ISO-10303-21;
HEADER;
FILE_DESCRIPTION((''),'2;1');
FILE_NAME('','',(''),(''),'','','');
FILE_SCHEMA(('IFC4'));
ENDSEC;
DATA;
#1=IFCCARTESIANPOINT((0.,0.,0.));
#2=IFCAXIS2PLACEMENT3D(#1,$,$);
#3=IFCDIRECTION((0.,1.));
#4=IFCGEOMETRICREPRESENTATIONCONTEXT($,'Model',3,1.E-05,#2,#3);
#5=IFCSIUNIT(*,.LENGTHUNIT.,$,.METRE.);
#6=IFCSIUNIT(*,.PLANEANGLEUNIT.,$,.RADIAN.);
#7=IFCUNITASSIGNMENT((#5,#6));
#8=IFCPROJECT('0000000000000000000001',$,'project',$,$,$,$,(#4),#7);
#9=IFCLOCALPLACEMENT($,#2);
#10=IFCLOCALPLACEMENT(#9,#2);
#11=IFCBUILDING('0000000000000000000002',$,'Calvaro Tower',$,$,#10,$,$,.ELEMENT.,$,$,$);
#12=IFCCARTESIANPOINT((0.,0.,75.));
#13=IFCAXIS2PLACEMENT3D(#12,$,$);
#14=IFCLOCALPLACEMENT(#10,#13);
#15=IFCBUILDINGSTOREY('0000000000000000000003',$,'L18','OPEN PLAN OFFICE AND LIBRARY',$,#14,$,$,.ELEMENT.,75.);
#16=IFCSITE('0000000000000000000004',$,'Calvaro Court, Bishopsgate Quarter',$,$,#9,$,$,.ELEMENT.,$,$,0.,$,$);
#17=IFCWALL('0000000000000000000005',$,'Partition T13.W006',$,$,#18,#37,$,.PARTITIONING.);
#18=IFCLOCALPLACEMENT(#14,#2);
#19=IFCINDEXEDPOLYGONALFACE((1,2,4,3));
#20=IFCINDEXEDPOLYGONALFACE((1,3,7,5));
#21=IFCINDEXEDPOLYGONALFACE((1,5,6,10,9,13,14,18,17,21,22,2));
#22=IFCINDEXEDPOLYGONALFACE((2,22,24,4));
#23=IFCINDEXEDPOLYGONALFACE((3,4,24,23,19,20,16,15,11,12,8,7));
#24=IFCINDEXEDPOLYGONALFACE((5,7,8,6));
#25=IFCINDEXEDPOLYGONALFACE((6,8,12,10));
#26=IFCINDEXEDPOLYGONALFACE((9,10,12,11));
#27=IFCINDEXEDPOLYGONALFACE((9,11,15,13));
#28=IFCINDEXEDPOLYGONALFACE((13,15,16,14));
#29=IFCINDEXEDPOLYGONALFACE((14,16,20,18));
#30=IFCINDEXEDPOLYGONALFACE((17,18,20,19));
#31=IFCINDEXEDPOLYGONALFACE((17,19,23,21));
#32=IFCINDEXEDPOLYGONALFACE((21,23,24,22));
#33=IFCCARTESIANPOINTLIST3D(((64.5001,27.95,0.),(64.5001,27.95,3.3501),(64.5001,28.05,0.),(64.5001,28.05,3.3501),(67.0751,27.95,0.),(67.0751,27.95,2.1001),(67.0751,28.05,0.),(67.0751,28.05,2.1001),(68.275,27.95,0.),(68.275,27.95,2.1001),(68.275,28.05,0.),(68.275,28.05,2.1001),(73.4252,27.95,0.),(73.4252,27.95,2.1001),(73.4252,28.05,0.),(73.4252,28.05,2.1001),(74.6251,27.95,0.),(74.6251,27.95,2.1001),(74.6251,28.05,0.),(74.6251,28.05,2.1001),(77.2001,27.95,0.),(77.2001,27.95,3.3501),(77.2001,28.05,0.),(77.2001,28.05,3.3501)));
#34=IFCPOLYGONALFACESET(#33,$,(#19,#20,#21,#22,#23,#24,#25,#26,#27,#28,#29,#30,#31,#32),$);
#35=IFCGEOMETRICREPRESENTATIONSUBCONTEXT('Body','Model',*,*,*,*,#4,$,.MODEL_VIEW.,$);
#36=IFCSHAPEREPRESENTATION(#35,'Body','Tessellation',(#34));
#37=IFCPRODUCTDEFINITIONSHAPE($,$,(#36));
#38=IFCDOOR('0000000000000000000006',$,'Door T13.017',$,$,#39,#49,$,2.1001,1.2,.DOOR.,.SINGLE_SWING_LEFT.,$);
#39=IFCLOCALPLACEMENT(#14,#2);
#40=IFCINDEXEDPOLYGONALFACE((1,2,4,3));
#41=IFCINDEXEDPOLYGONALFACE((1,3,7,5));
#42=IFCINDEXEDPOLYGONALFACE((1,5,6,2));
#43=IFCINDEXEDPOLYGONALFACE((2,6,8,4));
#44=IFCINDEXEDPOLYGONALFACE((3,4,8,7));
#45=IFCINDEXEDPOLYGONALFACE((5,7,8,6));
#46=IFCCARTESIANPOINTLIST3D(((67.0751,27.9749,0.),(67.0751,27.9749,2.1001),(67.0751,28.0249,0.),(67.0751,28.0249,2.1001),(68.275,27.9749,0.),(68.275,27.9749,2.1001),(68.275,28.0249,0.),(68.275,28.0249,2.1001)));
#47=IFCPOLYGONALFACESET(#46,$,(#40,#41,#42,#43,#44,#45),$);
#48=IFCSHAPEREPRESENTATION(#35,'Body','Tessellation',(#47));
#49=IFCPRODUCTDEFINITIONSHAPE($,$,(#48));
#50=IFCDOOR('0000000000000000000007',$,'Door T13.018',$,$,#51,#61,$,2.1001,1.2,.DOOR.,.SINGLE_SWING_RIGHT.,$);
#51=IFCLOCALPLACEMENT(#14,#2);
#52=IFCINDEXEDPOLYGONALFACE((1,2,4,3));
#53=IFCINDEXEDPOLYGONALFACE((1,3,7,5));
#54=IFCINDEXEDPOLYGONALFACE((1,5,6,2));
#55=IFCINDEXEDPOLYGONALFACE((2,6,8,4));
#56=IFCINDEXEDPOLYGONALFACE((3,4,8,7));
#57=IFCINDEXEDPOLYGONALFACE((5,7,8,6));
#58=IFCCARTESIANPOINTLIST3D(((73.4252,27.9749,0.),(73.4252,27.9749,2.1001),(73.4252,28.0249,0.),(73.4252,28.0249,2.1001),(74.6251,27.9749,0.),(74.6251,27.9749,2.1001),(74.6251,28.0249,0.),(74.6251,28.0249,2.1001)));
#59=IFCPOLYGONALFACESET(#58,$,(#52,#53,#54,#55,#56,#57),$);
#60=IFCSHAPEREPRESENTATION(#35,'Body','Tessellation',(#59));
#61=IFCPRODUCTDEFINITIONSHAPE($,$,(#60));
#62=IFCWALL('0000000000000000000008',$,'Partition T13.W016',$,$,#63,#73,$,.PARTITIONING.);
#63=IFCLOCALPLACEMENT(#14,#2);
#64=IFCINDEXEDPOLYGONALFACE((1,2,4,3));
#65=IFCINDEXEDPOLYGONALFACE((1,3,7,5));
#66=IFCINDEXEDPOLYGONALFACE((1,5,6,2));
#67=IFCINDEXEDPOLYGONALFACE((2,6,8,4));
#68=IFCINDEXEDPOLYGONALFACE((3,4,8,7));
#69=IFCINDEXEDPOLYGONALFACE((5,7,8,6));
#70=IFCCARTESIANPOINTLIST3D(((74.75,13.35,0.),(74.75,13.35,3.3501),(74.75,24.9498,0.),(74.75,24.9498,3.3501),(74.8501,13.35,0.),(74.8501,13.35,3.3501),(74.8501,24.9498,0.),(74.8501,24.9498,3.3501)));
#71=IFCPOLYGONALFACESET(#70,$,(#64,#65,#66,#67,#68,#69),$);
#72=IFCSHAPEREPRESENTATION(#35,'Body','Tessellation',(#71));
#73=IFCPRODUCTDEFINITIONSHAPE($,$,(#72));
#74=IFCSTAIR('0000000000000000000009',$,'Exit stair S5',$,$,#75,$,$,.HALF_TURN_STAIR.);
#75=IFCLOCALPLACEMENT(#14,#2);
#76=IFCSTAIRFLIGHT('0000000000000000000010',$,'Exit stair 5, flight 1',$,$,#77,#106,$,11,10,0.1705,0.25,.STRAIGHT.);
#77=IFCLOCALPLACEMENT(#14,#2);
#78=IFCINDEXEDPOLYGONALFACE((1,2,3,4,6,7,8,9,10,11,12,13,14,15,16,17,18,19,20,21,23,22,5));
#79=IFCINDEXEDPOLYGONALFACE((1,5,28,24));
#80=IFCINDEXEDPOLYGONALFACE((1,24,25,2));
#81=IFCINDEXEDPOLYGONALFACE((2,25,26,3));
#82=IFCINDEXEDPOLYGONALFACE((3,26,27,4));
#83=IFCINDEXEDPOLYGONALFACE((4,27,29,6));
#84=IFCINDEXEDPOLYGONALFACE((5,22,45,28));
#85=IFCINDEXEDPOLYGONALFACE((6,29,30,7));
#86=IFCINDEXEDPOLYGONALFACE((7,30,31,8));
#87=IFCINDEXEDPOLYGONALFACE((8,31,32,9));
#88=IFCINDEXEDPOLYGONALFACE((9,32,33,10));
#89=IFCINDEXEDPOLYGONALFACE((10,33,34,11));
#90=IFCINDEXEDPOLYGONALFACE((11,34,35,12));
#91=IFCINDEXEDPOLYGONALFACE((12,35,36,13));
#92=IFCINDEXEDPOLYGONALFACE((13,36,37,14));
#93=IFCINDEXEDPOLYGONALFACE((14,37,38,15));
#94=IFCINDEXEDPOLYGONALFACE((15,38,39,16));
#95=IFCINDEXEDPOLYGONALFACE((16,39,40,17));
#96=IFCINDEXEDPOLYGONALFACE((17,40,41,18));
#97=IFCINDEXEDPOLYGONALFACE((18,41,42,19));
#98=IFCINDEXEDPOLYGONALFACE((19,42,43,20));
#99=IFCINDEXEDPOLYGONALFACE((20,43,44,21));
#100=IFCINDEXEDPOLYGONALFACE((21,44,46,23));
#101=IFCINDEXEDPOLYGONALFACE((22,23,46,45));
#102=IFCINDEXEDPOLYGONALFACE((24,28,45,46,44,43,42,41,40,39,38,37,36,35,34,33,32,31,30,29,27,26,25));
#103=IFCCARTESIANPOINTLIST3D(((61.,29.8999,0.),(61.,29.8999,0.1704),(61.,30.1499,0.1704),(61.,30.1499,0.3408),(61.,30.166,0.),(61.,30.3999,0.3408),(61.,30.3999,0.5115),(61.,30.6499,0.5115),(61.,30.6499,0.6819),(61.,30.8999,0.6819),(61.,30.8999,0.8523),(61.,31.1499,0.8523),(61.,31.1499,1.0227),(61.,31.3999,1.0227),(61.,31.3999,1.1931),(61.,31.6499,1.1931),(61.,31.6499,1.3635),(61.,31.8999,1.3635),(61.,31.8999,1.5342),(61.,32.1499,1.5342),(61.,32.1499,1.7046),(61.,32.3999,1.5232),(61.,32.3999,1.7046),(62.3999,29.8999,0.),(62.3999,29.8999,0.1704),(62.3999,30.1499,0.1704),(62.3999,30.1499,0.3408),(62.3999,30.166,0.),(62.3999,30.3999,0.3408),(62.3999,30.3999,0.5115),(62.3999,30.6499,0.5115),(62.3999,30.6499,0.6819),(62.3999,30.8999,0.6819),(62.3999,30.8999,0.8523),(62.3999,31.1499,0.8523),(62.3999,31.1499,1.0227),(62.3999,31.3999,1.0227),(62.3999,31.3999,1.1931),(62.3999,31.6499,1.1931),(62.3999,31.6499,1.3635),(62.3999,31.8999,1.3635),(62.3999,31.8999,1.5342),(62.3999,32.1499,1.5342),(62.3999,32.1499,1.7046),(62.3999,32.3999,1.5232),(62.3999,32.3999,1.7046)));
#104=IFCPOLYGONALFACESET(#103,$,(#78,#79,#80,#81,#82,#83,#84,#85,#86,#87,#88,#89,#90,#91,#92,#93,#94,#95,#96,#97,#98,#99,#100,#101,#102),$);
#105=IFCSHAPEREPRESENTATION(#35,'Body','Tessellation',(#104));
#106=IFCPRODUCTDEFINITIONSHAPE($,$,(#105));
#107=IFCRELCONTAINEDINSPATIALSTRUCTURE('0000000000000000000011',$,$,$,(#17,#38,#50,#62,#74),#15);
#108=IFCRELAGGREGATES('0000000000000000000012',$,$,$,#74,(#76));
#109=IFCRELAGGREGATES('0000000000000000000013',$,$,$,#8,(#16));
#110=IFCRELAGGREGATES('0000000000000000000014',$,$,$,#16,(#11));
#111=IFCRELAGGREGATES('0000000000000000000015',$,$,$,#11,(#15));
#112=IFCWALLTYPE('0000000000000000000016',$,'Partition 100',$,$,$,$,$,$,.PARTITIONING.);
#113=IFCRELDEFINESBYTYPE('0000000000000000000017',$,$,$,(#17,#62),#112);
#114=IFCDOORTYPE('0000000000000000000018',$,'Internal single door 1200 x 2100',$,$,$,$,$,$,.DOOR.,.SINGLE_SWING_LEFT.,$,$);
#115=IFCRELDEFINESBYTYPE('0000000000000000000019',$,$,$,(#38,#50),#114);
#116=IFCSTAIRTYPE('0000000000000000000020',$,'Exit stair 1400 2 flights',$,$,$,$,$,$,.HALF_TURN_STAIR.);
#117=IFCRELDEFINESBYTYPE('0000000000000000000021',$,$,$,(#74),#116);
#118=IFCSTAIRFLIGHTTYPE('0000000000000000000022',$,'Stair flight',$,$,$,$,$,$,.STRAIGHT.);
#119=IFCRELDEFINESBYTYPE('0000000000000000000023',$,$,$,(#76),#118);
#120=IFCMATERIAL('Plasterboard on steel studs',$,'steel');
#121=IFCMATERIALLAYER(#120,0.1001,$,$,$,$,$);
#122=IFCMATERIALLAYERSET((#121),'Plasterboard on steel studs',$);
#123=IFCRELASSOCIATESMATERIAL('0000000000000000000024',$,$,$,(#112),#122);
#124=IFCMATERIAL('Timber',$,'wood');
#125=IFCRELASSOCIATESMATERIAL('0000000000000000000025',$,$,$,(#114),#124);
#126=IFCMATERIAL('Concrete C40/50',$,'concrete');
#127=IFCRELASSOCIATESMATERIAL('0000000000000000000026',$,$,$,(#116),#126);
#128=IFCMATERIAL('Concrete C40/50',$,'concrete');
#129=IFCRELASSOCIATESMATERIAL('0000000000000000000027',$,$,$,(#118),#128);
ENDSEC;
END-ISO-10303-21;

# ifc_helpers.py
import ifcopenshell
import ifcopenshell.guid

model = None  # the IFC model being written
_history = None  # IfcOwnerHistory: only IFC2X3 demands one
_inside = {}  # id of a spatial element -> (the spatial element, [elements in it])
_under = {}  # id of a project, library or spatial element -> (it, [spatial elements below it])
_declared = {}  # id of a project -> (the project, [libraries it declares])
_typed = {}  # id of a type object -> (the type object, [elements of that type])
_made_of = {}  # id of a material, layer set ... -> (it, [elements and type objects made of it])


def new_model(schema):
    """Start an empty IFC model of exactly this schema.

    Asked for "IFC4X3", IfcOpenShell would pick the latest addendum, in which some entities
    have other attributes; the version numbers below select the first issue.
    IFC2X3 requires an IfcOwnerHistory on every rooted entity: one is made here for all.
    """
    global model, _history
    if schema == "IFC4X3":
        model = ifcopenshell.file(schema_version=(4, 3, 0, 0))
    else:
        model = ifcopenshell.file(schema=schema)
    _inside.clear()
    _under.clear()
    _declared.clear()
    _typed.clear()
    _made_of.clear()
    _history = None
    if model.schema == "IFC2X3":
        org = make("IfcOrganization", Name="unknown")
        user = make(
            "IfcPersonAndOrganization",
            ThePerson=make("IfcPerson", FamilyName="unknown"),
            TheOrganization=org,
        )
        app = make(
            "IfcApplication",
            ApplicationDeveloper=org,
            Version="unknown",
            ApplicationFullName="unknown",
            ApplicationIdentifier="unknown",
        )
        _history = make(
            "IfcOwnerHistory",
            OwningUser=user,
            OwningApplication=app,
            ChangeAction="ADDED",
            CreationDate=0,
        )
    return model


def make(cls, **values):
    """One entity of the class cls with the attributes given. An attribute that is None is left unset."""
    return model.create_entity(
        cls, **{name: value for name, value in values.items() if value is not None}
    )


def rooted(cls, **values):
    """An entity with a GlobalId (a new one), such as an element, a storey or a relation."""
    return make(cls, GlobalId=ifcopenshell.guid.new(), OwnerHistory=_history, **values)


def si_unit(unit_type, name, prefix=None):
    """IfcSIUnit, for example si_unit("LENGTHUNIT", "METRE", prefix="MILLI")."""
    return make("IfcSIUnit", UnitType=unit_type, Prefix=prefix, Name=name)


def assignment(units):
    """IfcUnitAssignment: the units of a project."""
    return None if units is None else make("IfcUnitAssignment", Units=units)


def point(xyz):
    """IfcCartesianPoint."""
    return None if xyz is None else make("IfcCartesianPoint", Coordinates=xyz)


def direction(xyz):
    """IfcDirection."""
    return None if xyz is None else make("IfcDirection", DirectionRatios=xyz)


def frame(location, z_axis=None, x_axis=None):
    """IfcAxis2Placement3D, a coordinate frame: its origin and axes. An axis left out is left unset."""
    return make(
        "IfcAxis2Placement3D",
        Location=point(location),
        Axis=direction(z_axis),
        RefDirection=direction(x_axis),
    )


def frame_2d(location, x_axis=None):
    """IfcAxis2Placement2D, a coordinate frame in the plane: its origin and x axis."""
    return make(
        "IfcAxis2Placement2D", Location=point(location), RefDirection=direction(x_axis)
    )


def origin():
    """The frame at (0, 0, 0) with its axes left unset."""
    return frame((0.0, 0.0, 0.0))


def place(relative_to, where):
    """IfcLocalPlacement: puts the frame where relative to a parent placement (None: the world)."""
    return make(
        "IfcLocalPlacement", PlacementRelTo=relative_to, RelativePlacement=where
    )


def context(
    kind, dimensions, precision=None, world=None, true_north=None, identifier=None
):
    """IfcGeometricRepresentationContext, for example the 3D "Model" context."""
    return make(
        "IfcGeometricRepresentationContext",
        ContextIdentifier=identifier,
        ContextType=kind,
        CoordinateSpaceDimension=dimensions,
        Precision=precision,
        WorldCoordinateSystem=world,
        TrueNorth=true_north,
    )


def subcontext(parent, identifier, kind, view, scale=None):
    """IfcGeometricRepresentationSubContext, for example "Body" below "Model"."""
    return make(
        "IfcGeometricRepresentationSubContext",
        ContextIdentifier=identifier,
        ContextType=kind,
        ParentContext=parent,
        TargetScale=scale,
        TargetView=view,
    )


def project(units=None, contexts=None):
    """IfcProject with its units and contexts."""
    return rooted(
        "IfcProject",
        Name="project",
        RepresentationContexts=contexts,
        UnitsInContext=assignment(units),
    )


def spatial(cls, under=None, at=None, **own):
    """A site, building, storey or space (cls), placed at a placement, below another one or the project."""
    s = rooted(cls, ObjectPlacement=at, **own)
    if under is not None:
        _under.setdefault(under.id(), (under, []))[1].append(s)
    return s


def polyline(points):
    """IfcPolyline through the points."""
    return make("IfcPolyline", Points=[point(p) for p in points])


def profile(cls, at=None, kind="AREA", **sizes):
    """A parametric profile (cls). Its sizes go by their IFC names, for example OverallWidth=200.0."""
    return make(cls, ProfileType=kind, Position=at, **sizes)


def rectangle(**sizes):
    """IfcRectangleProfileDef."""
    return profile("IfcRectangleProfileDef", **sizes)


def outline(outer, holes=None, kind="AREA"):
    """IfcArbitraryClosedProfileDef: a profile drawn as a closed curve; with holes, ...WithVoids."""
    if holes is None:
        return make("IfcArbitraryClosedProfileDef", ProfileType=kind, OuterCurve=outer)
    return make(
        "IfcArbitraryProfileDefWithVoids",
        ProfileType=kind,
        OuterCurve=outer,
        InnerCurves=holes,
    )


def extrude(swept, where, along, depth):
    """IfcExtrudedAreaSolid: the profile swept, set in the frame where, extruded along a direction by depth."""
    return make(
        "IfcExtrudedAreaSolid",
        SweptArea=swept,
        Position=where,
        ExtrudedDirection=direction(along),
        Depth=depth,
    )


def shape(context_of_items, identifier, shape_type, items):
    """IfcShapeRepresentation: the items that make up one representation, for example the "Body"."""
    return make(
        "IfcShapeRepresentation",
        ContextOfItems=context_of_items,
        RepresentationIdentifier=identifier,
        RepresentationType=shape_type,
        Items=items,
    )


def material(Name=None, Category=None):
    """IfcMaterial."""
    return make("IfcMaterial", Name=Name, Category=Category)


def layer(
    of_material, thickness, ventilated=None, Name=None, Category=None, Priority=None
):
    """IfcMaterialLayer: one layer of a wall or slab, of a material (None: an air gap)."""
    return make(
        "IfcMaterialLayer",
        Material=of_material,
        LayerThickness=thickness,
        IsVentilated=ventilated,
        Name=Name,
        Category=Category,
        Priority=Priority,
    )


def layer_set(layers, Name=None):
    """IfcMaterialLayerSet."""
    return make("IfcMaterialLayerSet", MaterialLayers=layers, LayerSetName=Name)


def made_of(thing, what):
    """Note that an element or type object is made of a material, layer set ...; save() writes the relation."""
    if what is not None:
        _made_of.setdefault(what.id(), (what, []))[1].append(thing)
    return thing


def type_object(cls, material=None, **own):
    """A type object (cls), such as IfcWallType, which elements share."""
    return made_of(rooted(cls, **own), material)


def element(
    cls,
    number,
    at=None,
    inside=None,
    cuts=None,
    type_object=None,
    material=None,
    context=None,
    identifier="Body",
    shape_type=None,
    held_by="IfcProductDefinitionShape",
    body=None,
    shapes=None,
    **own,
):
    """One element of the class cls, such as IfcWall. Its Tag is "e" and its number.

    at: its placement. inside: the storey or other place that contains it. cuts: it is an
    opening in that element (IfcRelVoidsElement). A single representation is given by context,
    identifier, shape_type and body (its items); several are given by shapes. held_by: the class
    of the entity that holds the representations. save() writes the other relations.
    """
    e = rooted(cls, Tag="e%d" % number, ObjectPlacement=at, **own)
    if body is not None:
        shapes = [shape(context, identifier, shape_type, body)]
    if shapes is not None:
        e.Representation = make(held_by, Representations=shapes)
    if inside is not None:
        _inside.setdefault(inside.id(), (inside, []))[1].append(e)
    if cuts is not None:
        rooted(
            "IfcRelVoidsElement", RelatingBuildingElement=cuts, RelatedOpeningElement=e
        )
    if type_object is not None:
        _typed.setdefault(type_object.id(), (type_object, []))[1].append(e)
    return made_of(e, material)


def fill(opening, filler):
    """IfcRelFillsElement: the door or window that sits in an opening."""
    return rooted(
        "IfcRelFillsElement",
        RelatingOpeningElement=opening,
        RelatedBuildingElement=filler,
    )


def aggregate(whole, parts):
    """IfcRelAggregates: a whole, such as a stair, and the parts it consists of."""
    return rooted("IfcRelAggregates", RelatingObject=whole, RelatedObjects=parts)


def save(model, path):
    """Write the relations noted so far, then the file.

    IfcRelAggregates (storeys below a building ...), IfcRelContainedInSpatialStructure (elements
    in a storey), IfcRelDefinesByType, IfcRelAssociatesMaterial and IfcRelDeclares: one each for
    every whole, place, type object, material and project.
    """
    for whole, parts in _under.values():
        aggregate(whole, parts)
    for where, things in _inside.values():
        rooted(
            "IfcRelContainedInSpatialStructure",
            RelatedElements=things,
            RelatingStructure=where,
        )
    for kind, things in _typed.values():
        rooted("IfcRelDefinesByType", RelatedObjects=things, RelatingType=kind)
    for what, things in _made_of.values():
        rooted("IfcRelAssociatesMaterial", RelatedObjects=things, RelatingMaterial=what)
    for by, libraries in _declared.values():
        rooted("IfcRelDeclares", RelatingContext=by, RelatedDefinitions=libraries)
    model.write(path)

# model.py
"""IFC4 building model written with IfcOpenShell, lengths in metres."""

from ifc_helpers import new_model, si_unit, direction, frame, frame_2d, origin, place, context, subcontext, project, spatial, polyline, rectangle, outline, extrude, material, layer, layer_set, type_object, element, fill, aggregate, save


model = new_model("IFC4")

# Units and contexts
model_context = context("Model", 3, precision=1e-05, world=origin(), true_north=direction((0.0, 1.0)))
body_context = subcontext(model_context, "Body", "Model", "MODEL_VIEW")
ifc_project = project(units=[si_unit("LENGTHUNIT", "METRE"), si_unit("PLANEANGLEUNIT", "RADIAN")], contexts=[model_context])

# Site, building, storey
site_placement = place(None, origin())
site = spatial("IfcSite", under=ifc_project, at=site_placement, Name="Calvaro Court, Bishopsgate Quarter", CompositionType="ELEMENT", RefElevation=0.0)
building_placement = place(site_placement, origin())
building = spatial("IfcBuilding", under=site, at=building_placement, Name="Calvaro Tower", CompositionType="ELEMENT")
storey_placement = place(building_placement, frame((0.0, 0.0, 75.0)))
storey = spatial("IfcBuildingStorey", under=building, at=storey_placement, Name="L18", Description="OPEN PLAN OFFICE AND LIBRARY", CompositionType="ELEMENT", Elevation=75.0)

# Wall, openings, doors
ifc_material_1 = material(Name="Plasterboard on steel studs", Category="steel")
ifc_layer_1 = layer(ifc_material_1, 0.1001)
ifc_layer_set_1 = layer_set([ifc_layer_1], Name="Plasterboard on steel studs")
wall_type_1 = type_object("IfcWallType", Name="Partition 100", PredefinedType="PARTITIONING", material=ifc_layer_set_1)
wall_1_placement = place(storey_placement, frame((64.5, 28.0, 0.0), z_axis=(0.0, 0.0, 1.0), x_axis=(1.0, 0.0, 0.0)))
wall_1 = element("IfcWall", 1, at=wall_1_placement, inside=storey, type_object=wall_type_1, Name="Partition T13.W006", PredefinedType="PARTITIONING", context=body_context, shape_type="SweptSolid", body=[
    extrude(rectangle(XDim=12.7, YDim=0.1001, at=frame_2d((6.3501, 0.0))), origin(), (0.0, 0.0, 1.0), 3.3501),
])
opening_1_placement = place(wall_1_placement, frame((2.575, 0.0, 0.0)))
opening_1 = element("IfcOpeningElement", 2, at=opening_1_placement, cuts=wall_1, PredefinedType="OPENING", context=body_context, shape_type="SweptSolid", body=[
    extrude(rectangle(XDim=1.2, YDim=2.1001, at=frame_2d((0.6001, 1.05))), frame((0.0, 0.0601, 0.0), z_axis=(0.0, -1.0, 0.0), x_axis=(1.0, 0.0, 0.0)), (0.0, 0.0, 1.0), 0.1201),
])
opening_2_placement = place(wall_1_placement, frame((8.925, 0.0, 0.0)))
opening_2 = element("IfcOpeningElement", 3, at=opening_2_placement, cuts=wall_1, PredefinedType="OPENING", context=body_context, shape_type="SweptSolid", body=[
    extrude(rectangle(XDim=1.2, YDim=2.1001, at=frame_2d((0.6001, 1.05))), frame((0.0, 0.0601, 0.0), z_axis=(0.0, -1.0, 0.0), x_axis=(1.0, 0.0, 0.0)), (0.0, 0.0, 1.0), 0.1201),
])
ifc_material_2 = material(Name="Timber", Category="wood")
door_type_1 = type_object("IfcDoorType", Name="Internal single door 1200 x 2100", OperationType="SINGLE_SWING_LEFT", PredefinedType="DOOR", material=ifc_material_2)
door_1_placement = place(opening_1_placement, origin())
door_1 = element("IfcDoor", 4, at=door_1_placement, inside=storey, type_object=door_type_1, Name="Door T13.017", OperationType="SINGLE_SWING_LEFT", OverallHeight=2.1001, OverallWidth=1.2, PredefinedType="DOOR", context=body_context, shape_type="SweptSolid", body=[
    extrude(rectangle(XDim=1.2, YDim=2.1001, at=frame_2d((0.6001, 1.05))), frame((0.0, 0.0249, 0.0), z_axis=(0.0, -1.0, 0.0), x_axis=(1.0, 0.0, 0.0)), (0.0, 0.0, 1.0), 0.05),
])
fill(opening_1, door_1)
door_2_placement = place(opening_2_placement, origin())
door_2 = element("IfcDoor", 5, at=door_2_placement, inside=storey, type_object=door_type_1, Name="Door T13.018", OperationType="SINGLE_SWING_RIGHT", OverallHeight=2.1001, OverallWidth=1.2, PredefinedType="DOOR", context=body_context, shape_type="SweptSolid", body=[
    extrude(rectangle(XDim=1.2, YDim=2.1001, at=frame_2d((0.6001, 1.05))), frame((0.0, 0.0249, 0.0), z_axis=(0.0, -1.0, 0.0), x_axis=(1.0, 0.0, 0.0)), (0.0, 0.0, 1.0), 0.05),
])
fill(opening_2, door_2)

# Wall
wall_2_placement = place(storey_placement, frame((74.8, 13.3501, 0.0), z_axis=(0.0, 0.0, 1.0), x_axis=(0.0, 1.0, 0.0)))
element("IfcWall", 6, at=wall_2_placement, inside=storey, type_object=wall_type_1, Name="Partition T13.W016", PredefinedType="PARTITIONING", context=body_context, shape_type="SweptSolid", body=[
    extrude(rectangle(XDim=11.5999, YDim=0.1001, at=frame_2d((5.7998, 0.0))), origin(), (0.0, 0.0, 1.0), 3.3501),
])

# Stair, stair flight
ifc_material_3 = material(Name="Concrete C40/50", Category="concrete")
stair_type = type_object("IfcStairType", Name="Exit stair 1400 2 flights", PredefinedType="HALF_TURN_STAIR", material=ifc_material_3)
stair_placement = place(storey_placement, origin())
stair = element("IfcStair", 7, at=stair_placement, inside=storey, type_object=stair_type, Name="Exit stair S5", PredefinedType="HALF_TURN_STAIR")
ifc_material_4 = material(Name="Concrete C40/50", Category="concrete")
stair_flight_type = type_object("IfcStairFlightType", Name="Stair flight", PredefinedType="STRAIGHT", material=ifc_material_4)
stair_flight_placement = place(storey_placement, frame((61.7, 29.8999, 0.0), z_axis=(0.0, 0.0, 1.0), x_axis=(0.0, 1.0, 0.0)))
stair_flight = element("IfcStairFlight", 8, at=stair_flight_placement, type_object=stair_flight_type, Name="Exit stair 5, flight 1", NumberOfRisers=11, NumberOfTreads=10, PredefinedType="STRAIGHT", RiserHeight=0.1705, TreadLength=0.25, context=body_context, shape_type="SweptSolid", body=[
    extrude(outline(polyline([(0.0, 0.0), (0.0, 0.1704), (0.25, 0.1704), (0.25, 0.3408), (0.5, 0.3408), (0.5, 0.5115), (0.75, 0.5115), (0.75, 0.6819), (1.0, 0.6819), (1.0, 0.8523), (1.25, 0.8523), (1.25, 1.0227), (1.5, 1.0227), (1.5, 1.1931), (1.75, 1.1931), (1.75, 1.3635), (2.0, 1.3635), (2.0, 1.5342), (2.25, 1.5342), (2.25, 1.7046), (2.5, 1.7046), (2.5, 1.875), (2.5, 1.5232), (0.2661, 0.0), (0.0, 0.0)])), frame((0.0, 0.7, 0.0), z_axis=(0.0, -1.0, 0.0), x_axis=(1.0, 0.0, 0.0)), (0.0, 0.0, 1.0), 1.3999),
])
aggregate(stair, [stair_flight])

save(model, "model.ifc")
